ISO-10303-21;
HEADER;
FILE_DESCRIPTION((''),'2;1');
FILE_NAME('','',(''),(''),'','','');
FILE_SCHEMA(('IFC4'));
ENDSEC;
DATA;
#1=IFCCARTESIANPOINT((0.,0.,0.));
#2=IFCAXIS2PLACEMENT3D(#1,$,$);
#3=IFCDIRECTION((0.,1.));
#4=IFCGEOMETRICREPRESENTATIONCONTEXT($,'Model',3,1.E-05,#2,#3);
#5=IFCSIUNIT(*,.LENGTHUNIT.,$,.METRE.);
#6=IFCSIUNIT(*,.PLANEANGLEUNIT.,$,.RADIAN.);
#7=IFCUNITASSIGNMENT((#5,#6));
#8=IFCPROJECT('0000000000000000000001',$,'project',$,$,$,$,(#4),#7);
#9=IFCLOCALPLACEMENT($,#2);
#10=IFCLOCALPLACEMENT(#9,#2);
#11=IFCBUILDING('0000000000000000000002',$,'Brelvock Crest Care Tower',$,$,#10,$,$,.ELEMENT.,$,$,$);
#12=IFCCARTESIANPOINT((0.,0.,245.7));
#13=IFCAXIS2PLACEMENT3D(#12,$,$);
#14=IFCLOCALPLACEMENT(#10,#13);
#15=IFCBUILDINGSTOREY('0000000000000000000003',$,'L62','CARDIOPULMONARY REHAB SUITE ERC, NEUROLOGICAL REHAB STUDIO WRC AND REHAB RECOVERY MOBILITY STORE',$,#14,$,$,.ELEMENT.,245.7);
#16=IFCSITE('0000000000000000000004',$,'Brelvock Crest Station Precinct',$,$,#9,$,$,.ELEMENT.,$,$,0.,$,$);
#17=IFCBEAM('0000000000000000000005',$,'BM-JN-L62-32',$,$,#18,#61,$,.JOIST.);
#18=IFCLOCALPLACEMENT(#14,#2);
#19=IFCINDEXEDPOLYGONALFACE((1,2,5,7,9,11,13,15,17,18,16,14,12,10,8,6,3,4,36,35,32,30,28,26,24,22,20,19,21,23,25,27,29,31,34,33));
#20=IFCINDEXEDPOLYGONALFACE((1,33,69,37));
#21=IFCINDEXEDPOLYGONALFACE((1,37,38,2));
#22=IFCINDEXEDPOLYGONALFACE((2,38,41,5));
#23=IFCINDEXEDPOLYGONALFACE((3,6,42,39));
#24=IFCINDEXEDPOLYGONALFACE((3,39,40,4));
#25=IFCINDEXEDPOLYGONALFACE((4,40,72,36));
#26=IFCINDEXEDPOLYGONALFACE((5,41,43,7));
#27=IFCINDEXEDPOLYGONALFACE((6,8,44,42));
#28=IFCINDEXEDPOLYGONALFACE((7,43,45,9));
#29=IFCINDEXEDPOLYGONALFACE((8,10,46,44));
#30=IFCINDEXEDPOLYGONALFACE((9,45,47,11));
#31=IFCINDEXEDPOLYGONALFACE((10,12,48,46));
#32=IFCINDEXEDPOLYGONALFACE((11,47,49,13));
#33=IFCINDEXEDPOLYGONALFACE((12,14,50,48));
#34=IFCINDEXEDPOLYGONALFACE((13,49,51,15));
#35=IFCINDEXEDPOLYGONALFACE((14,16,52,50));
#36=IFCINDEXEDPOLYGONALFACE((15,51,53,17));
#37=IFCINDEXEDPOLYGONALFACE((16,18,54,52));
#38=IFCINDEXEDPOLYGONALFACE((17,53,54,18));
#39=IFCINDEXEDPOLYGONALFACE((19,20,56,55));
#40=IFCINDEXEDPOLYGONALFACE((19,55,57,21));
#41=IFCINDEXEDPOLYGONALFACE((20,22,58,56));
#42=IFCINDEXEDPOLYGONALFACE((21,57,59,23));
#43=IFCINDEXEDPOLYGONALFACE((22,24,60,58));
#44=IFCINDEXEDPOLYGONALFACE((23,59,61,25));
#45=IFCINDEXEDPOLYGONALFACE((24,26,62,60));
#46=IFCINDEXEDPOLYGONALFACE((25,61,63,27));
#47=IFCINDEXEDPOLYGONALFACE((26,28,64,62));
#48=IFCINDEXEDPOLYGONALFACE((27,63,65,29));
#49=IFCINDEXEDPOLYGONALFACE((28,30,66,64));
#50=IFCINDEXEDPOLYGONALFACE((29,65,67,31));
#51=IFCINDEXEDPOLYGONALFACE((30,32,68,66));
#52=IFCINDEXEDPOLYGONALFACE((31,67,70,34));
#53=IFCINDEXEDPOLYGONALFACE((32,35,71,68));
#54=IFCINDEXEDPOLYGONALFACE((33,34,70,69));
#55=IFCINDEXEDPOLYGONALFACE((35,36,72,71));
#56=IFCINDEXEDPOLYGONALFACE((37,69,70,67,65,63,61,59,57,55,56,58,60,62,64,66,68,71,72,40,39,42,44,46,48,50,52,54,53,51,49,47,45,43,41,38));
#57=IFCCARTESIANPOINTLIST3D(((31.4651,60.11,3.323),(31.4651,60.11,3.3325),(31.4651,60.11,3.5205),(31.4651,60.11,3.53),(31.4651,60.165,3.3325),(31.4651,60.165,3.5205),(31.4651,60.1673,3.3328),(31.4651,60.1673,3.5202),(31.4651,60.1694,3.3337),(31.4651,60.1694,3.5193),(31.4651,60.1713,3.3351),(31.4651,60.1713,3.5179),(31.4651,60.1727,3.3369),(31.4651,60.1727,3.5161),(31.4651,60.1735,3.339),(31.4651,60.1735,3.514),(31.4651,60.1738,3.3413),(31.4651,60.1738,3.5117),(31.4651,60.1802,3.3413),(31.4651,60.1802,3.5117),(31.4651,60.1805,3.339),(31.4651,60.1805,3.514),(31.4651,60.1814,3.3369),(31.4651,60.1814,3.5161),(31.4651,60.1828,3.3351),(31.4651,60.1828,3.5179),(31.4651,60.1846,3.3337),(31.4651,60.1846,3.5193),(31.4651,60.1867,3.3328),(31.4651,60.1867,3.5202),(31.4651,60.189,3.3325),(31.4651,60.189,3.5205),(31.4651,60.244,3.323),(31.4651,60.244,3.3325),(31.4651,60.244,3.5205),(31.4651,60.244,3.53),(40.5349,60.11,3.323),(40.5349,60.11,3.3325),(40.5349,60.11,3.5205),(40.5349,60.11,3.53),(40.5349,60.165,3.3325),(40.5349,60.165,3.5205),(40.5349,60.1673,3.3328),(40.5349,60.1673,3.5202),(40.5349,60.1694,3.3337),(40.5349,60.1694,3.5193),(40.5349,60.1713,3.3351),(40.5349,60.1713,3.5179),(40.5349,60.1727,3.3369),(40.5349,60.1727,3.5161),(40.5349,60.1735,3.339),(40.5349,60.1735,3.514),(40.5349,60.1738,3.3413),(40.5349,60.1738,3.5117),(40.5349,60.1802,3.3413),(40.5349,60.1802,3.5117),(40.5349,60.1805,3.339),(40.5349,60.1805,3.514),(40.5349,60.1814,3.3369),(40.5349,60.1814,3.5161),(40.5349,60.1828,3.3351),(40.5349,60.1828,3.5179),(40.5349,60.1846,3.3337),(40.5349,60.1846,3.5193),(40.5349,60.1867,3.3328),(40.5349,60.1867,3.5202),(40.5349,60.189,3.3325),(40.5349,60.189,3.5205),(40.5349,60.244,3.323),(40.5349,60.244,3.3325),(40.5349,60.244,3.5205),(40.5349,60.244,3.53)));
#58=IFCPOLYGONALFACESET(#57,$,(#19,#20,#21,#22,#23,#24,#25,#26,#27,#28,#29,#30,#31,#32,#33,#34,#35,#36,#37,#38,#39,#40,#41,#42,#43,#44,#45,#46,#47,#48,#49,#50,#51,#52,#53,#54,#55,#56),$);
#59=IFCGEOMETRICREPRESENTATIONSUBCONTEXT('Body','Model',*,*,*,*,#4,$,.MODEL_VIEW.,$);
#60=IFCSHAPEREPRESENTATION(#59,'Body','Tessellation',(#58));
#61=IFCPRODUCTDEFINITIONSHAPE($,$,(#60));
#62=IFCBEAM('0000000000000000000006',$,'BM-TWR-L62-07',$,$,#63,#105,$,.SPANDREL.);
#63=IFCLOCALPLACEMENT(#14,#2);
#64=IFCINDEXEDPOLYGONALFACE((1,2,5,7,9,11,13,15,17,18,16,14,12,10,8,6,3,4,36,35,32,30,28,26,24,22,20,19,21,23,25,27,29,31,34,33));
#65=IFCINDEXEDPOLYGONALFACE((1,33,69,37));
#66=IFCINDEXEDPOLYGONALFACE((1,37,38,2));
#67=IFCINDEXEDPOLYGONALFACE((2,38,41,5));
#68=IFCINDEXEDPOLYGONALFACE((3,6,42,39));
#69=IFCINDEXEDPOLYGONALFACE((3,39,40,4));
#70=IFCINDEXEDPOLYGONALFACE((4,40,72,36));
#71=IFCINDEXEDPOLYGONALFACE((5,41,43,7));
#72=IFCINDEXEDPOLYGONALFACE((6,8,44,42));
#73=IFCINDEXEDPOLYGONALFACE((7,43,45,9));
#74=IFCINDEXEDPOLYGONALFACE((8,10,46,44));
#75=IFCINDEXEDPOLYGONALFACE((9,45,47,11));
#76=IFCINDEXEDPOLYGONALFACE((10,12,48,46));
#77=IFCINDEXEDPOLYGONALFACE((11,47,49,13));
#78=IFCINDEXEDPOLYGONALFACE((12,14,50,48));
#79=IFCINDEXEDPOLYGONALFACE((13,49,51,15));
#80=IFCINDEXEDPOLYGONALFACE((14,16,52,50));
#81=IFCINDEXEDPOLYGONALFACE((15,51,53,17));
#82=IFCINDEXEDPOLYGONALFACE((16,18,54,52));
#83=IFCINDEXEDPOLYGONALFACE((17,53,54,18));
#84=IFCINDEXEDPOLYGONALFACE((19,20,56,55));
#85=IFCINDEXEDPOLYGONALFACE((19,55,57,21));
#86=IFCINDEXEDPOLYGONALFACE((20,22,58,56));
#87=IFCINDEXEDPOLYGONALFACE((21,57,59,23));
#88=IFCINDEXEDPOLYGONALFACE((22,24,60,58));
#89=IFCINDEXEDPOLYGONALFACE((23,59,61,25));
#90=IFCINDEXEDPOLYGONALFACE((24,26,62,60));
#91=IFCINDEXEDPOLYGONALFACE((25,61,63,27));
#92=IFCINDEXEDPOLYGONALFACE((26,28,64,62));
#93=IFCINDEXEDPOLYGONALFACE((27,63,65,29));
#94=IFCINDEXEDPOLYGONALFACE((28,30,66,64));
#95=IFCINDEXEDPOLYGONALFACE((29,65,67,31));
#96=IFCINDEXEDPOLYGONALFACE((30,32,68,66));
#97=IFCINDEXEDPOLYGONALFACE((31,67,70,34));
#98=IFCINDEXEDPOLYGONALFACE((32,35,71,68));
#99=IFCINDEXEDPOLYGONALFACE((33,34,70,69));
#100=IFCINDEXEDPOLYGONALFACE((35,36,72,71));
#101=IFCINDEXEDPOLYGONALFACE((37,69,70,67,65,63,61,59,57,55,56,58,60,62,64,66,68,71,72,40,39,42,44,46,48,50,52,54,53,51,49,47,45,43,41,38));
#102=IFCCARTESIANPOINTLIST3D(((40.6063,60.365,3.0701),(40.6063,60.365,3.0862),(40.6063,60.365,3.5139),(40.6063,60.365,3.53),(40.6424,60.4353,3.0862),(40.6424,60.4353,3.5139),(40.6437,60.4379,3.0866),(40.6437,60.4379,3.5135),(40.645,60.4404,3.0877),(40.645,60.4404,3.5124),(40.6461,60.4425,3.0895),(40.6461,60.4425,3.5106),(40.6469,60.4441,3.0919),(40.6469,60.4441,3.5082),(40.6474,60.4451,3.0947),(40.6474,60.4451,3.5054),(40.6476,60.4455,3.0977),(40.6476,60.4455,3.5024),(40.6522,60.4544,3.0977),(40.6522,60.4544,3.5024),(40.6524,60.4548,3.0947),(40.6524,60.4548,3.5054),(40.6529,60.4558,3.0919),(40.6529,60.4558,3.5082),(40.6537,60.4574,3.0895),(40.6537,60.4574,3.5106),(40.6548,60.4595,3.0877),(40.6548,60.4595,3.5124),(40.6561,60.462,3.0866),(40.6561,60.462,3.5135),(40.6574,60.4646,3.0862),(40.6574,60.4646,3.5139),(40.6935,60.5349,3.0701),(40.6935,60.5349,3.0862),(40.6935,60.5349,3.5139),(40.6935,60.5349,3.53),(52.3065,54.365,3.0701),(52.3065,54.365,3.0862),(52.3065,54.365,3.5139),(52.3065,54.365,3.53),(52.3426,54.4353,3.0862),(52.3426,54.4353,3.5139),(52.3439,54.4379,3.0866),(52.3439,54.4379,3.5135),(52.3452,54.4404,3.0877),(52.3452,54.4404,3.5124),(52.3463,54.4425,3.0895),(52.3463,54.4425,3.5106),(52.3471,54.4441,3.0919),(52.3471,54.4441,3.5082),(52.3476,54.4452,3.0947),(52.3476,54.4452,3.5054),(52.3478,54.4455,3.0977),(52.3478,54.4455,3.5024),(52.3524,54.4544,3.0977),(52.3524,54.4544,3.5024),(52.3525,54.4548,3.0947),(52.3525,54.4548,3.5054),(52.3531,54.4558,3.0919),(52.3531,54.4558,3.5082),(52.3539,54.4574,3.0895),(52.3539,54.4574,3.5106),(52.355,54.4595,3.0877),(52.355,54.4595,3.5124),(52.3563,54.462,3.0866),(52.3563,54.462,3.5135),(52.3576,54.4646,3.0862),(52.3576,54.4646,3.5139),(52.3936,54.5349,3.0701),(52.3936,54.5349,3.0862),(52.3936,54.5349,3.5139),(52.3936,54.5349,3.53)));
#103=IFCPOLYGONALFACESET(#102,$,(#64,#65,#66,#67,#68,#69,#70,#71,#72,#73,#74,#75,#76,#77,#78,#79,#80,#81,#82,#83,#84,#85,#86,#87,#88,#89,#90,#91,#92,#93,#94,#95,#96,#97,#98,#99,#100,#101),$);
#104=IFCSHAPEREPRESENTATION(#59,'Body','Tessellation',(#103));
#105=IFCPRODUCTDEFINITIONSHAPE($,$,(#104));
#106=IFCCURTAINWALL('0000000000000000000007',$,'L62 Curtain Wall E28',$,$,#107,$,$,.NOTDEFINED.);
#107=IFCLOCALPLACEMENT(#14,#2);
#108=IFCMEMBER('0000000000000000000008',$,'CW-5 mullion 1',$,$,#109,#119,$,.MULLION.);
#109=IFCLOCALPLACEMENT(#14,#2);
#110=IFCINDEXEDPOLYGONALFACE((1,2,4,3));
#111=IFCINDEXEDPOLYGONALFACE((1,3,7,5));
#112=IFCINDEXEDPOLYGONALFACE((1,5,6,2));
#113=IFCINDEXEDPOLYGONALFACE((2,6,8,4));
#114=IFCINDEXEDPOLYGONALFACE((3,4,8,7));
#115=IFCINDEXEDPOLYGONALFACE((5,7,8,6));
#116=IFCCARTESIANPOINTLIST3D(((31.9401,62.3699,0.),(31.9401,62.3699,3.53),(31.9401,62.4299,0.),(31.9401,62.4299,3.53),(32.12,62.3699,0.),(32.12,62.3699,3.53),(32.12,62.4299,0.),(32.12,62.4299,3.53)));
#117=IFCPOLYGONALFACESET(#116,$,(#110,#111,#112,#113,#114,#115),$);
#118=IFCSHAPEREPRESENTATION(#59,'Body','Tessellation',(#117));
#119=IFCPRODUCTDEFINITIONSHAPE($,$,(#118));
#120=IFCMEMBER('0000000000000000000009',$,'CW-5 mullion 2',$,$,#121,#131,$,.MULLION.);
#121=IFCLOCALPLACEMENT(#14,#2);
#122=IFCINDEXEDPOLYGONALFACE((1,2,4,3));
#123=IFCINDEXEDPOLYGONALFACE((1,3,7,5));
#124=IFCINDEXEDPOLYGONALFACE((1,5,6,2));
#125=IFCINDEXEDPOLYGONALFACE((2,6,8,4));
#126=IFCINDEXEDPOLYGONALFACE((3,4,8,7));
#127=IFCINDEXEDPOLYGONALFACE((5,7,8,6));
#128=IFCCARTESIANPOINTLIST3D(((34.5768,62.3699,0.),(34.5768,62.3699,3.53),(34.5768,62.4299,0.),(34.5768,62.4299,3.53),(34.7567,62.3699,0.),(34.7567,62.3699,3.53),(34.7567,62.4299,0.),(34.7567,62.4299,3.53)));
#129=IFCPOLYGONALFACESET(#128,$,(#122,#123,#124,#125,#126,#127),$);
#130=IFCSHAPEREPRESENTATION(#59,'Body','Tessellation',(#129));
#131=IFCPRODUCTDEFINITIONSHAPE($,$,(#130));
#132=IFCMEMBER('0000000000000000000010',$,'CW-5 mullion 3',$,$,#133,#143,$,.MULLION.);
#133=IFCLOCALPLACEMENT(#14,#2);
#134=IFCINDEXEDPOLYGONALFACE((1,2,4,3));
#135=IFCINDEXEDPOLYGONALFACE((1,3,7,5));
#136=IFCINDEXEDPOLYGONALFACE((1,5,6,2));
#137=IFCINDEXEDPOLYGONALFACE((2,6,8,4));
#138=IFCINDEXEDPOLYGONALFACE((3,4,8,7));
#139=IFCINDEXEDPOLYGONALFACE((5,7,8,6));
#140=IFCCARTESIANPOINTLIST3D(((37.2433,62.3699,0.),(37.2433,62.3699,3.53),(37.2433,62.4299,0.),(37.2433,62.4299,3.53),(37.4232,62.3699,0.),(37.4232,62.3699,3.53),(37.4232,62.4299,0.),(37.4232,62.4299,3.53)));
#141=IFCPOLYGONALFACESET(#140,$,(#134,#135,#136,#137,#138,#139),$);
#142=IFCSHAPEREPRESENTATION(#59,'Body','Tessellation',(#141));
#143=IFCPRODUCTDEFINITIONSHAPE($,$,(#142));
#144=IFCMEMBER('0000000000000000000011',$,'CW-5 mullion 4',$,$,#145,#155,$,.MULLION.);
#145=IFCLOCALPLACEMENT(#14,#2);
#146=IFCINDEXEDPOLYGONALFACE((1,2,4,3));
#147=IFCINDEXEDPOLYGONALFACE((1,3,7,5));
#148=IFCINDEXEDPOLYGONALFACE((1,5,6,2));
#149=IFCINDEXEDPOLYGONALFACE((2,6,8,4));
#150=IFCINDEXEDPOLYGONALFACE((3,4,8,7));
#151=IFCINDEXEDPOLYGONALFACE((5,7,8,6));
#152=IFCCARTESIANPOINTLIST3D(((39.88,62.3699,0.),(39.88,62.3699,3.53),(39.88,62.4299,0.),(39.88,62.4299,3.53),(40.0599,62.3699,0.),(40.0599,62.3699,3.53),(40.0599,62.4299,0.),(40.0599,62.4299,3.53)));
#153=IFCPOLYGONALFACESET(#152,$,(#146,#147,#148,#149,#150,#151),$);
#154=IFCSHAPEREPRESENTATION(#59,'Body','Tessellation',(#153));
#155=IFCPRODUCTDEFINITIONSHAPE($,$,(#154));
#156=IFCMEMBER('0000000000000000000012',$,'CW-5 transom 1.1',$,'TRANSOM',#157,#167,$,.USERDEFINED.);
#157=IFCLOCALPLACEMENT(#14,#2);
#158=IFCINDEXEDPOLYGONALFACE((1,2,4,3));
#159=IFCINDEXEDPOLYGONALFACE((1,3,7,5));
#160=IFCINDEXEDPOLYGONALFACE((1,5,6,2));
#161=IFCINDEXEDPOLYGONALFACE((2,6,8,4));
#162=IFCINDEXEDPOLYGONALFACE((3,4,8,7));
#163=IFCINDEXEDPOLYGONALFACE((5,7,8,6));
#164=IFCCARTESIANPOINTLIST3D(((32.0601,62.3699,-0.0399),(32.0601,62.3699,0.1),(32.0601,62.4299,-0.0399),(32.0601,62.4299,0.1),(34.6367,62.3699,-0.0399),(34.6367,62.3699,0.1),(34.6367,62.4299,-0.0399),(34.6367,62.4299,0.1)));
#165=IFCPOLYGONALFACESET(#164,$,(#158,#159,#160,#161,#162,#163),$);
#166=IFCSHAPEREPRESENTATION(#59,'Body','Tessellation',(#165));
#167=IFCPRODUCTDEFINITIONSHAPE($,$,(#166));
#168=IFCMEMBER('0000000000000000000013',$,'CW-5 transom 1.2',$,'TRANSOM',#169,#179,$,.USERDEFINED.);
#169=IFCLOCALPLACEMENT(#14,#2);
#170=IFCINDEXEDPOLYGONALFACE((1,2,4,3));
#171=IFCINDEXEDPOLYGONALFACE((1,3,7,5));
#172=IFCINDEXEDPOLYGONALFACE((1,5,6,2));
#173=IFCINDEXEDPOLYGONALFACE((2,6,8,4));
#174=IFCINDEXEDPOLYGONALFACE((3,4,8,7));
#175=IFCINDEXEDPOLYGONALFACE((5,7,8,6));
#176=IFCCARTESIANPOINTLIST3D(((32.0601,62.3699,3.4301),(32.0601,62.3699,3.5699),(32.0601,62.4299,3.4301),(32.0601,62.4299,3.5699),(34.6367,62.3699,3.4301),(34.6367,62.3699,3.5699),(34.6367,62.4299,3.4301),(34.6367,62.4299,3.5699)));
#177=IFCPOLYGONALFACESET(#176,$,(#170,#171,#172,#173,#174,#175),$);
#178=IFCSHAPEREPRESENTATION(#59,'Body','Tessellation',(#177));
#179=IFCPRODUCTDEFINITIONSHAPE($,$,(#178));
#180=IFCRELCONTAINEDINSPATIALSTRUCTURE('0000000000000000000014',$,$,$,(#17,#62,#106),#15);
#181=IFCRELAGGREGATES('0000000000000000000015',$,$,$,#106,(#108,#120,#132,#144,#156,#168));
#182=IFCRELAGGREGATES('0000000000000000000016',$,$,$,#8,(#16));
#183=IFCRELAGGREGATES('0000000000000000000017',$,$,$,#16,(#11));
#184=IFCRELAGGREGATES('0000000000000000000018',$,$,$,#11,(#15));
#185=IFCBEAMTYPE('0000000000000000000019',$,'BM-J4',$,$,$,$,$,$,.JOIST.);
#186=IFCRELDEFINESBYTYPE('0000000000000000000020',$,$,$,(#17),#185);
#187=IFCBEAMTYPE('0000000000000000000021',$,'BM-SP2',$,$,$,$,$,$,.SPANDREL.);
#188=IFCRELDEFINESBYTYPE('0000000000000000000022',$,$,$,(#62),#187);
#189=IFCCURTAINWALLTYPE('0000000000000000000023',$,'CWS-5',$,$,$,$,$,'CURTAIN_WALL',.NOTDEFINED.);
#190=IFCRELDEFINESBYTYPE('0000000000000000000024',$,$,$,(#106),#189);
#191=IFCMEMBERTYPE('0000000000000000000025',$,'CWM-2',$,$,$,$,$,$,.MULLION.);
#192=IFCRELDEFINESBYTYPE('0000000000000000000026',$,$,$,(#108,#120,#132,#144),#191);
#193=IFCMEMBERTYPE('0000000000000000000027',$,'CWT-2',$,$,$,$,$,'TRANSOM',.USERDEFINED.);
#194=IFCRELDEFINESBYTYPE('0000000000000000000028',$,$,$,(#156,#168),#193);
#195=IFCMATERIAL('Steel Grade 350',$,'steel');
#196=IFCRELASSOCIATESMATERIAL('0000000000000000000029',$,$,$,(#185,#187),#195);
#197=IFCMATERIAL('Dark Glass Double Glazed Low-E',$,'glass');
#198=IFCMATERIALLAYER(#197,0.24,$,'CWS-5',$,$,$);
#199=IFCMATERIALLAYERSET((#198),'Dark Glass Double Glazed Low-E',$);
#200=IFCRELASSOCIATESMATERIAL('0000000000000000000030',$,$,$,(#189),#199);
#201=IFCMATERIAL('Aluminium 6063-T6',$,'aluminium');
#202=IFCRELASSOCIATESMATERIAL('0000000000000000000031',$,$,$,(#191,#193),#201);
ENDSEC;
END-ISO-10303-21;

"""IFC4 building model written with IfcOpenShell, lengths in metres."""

from ifc_helpers import new_model, si_unit, direction, frame, origin, origin_2d, place, context, subcontext, project, spatial, rectangle, i_section, extrude, source, transform, mapped, material, layer, layer_set, material_profile, profile_set, type_object, element, aggregate, save


model = new_model("IFC4")

# Units and contexts
model_context = context("Model", 3, precision=1e-05, world=origin(), true_north=direction((0.0, 1.0)))
body_context = subcontext(model_context, "Body", "Model", "MODEL_VIEW")
ifc_project = project(units=[si_unit("LENGTHUNIT", "METRE"), si_unit("PLANEANGLEUNIT", "RADIAN")], contexts=[model_context])

# Site, building, storey
site_placement = place(None, origin())
site = spatial("IfcSite", under=ifc_project, at=site_placement, Name="Brelvock Crest Station Precinct", CompositionType="ELEMENT", RefElevation=0.0)
building_placement = place(site_placement, origin())
building = spatial("IfcBuilding", under=site, at=building_placement, Name="Brelvock Crest Care Tower", CompositionType="ELEMENT")
storey_placement = place(building_placement, frame((0.0, 0.0, 245.7)))
storey = spatial("IfcBuildingStorey", under=building, at=storey_placement, Name="L62", Description="CARDIOPULMONARY REHAB SUITE ERC, NEUROLOGICAL REHAB STUDIO WRC AND REHAB RECOVERY MOBILITY STORE", CompositionType="ELEMENT", Elevation=245.7)

# Shared definitions
ifc_material_1 = material(Name="Steel Grade 350", Category="steel")

# Beams
ifc_material_profile_1 = material_profile(ifc_material_1, i_section(OverallWidth=0.134, OverallDepth=0.207, WebThickness=0.0063, FlangeThickness=0.0095, FilletRadius=0.0088, at=origin_2d()), Name="200UB29.8")
ifc_profile_set_1 = profile_set([ifc_material_profile_1], Name="Steel Grade 350")
beam_type_1 = type_object("IfcBeamType", Name="BM-J4", PredefinedType="JOIST", material=ifc_profile_set_1)
shared_shape_1 = source(origin(), body_context, "Body", "SweptSolid", [
    extrude(i_section(OverallWidth=0.134, OverallDepth=0.207, WebThickness=0.0063, FlangeThickness=0.0095, FilletRadius=0.0088, at=origin_2d()), origin(), (0.0, 0.0, 1.0), 9.0698),
])
for number, where, z_axis, x_axis, name in (
    (1, (31.4651, 60.177, 3.4265), (1.0, 0.0, 0.0), (0.0, 1.0, 0.0), "BM-JN-L62-32"),
):
    element("IfcBeam", number, at=place(storey_placement, frame(where, z_axis=z_axis, x_axis=x_axis)), inside=storey, type_object=beam_type_1, Name=name, PredefinedType="JOIST", context=body_context, shape_type="MappedRepresentation", body=[
        mapped(shared_shape_1, transform((0.0, 0.0, 0.0), x_axis=(1.0, 0.0, 0.0), y_axis=(0.0, 1.0, 0.0), z_axis=(0.0, 0.0, 1.0), scale=1.0)),
    ])
ifc_material_profile_2 = material_profile(ifc_material_1, i_section(OverallWidth=0.1909, OverallDepth=0.46, WebThickness=0.01, FlangeThickness=0.0161, FilletRadius=0.0115, at=origin_2d()), Name="460UB82.1")
ifc_profile_set_2 = profile_set([ifc_material_profile_2], Name="Steel Grade 350")
beam_type_2 = type_object("IfcBeamType", Name="BM-SP2", PredefinedType="SPANDREL", material=ifc_profile_set_2)
shared_shape_2 = source(origin(), body_context, "Body", "SweptSolid", [
    extrude(i_section(OverallWidth=0.1909, OverallDepth=0.46, WebThickness=0.01, FlangeThickness=0.0161, FilletRadius=0.0115, at=origin_2d()), origin(), (0.0, 0.0, 1.0), 13.1489),
])
beam_placement = place(storey_placement, frame((40.6499, 60.45, 3.3), z_axis=(0.889821, -0.456311, 0.0), x_axis=(0.456311, 0.889821, 0.0)))
element("IfcBeam", 2, at=beam_placement, inside=storey, type_object=beam_type_2, Name="BM-TWR-L62-07", PredefinedType="SPANDREL", context=body_context, shape_type="MappedRepresentation", body=[
    mapped(shared_shape_2, transform((0.0, 0.0, 0.0), x_axis=(1.0, 0.0, 0.0), y_axis=(0.0, 1.0, 0.0), z_axis=(0.0, 0.0, 1.0), scale=1.0)),
])

# Curtain wall, members
ifc_material_2 = material(Name="Dark Glass Double Glazed Low-E", Category="glass")
ifc_layer_1 = layer(ifc_material_2, 0.24, Name="CWS-5")
ifc_layer_set_1 = layer_set([ifc_layer_1], Name="Dark Glass Double Glazed Low-E")
curtain_wall_type = type_object("IfcCurtainWallType", Name="CWS-5", ElementType="CURTAIN_WALL", PredefinedType="NOTDEFINED", material=ifc_layer_set_1)
curtain_wall_placement = place(storey_placement, origin())
curtain_wall = element("IfcCurtainWall", 3, at=curtain_wall_placement, inside=storey, type_object=curtain_wall_type, Name="L62 Curtain Wall E28", PredefinedType="NOTDEFINED")
ifc_material_3 = material(Name="Aluminium 6063-T6", Category="aluminium")
ifc_material_profile_3 = material_profile(ifc_material_3, rectangle(XDim=0.0601, YDim=0.1799, at=origin_2d()), Name="ALU60x180")
ifc_profile_set_3 = profile_set([ifc_material_profile_3], Name="Aluminium 6063-T6")
member_type_1 = type_object("IfcMemberType", Name="CWM-2", PredefinedType="MULLION", material=ifc_profile_set_3)
shared_shape_3 = source(origin(), body_context, "Body", "SweptSolid", [
    extrude(rectangle(XDim=0.0601, YDim=0.1799, at=origin_2d()), origin(), (0.0, 0.0, 1.0), 3.53),
])
member_1_placement = place(storey_placement, frame((32.03, 62.3999, 0.0), z_axis=(0.0, 0.0, 1.0), x_axis=(0.0, 1.0, 0.0)))
member_1 = element("IfcMember", 4, at=member_1_placement, type_object=member_type_1, Name="CW-5 mullion 1", PredefinedType="MULLION", context=body_context, shape_type="MappedRepresentation", body=[
    mapped(shared_shape_3, transform((0.0, 0.0, 0.0), x_axis=(1.0, 0.0, 0.0), y_axis=(0.0, 1.0, 0.0), z_axis=(0.0, 0.0, 1.0), scale=1.0)),
])
member_2_placement = place(storey_placement, frame((34.6667, 62.3999, 0.0), z_axis=(0.0, 0.0, 1.0), x_axis=(0.0, 1.0, 0.0)))
member_2 = element("IfcMember", 5, at=member_2_placement, type_object=member_type_1, Name="CW-5 mullion 2", PredefinedType="MULLION", context=body_context, shape_type="MappedRepresentation", body=[
    mapped(shared_shape_3, transform((0.0, 0.0, 0.0), x_axis=(1.0, 0.0, 0.0), y_axis=(0.0, 1.0, 0.0), z_axis=(0.0, 0.0, 1.0), scale=1.0)),
])
member_3_placement = place(storey_placement, frame((37.3333, 62.3999, 0.0), z_axis=(0.0, 0.0, 1.0), x_axis=(0.0, 1.0, 0.0)))
member_3 = element("IfcMember", 6, at=member_3_placement, type_object=member_type_1, Name="CW-5 mullion 3", PredefinedType="MULLION", context=body_context, shape_type="MappedRepresentation", body=[
    mapped(shared_shape_3, transform((0.0, 0.0, 0.0), x_axis=(1.0, 0.0, 0.0), y_axis=(0.0, 1.0, 0.0), z_axis=(0.0, 0.0, 1.0), scale=1.0)),
])
member_4_placement = place(storey_placement, frame((39.97, 62.3999, 0.0), z_axis=(0.0, 0.0, 1.0), x_axis=(0.0, 1.0, 0.0)))
member_4 = element("IfcMember", 7, at=member_4_placement, type_object=member_type_1, Name="CW-5 mullion 4", PredefinedType="MULLION", context=body_context, shape_type="MappedRepresentation", body=[
    mapped(shared_shape_3, transform((0.0, 0.0, 0.0), x_axis=(1.0, 0.0, 0.0), y_axis=(0.0, 1.0, 0.0), z_axis=(0.0, 0.0, 1.0), scale=1.0)),
])
ifc_material_profile_4 = material_profile(ifc_material_3, rectangle(XDim=0.0601, YDim=0.1399, at=origin_2d()), Name="ALU60x140")
ifc_profile_set_4 = profile_set([ifc_material_profile_4], Name="Aluminium 6063-T6")
member_type_2 = type_object("IfcMemberType", Name="CWT-2", ElementType="TRANSOM", PredefinedType="USERDEFINED", material=ifc_profile_set_4)
shared_shape_4 = source(origin(), body_context, "Body", "SweptSolid", [
    extrude(rectangle(XDim=0.0601, YDim=0.1399, at=origin_2d()), origin(), (0.0, 0.0, 1.0), 2.5767),
])
member_5_placement = place(storey_placement, frame((32.0601, 62.3999, 0.03), z_axis=(1.0, 0.0, 0.0), x_axis=(0.0, 1.0, 0.0)))
member_5 = element("IfcMember", 8, at=member_5_placement, type_object=member_type_2, Name="CW-5 transom 1.1", ObjectType="TRANSOM", PredefinedType="USERDEFINED", context=body_context, shape_type="MappedRepresentation", body=[
    mapped(shared_shape_4, transform((0.0, 0.0, 0.0), x_axis=(1.0, 0.0, 0.0), y_axis=(0.0, 1.0, 0.0), z_axis=(0.0, 0.0, 1.0), scale=1.0)),
])
member_6_placement = place(storey_placement, frame((32.0601, 62.3999, 3.5), z_axis=(1.0, 0.0, 0.0), x_axis=(0.0, 1.0, 0.0)))
member_6 = element("IfcMember", 9, at=member_6_placement, type_object=member_type_2, Name="CW-5 transom 1.2", ObjectType="TRANSOM", PredefinedType="USERDEFINED", context=body_context, shape_type="MappedRepresentation", body=[
    mapped(shared_shape_4, transform((0.0, 0.0, 0.0), x_axis=(1.0, 0.0, 0.0), y_axis=(0.0, 1.0, 0.0), z_axis=(0.0, 0.0, 1.0), scale=1.0)),
])
aggregate(curtain_wall, [member_1, member_2, member_3, member_4, member_5, member_6])

save(model, "model.ifc")
